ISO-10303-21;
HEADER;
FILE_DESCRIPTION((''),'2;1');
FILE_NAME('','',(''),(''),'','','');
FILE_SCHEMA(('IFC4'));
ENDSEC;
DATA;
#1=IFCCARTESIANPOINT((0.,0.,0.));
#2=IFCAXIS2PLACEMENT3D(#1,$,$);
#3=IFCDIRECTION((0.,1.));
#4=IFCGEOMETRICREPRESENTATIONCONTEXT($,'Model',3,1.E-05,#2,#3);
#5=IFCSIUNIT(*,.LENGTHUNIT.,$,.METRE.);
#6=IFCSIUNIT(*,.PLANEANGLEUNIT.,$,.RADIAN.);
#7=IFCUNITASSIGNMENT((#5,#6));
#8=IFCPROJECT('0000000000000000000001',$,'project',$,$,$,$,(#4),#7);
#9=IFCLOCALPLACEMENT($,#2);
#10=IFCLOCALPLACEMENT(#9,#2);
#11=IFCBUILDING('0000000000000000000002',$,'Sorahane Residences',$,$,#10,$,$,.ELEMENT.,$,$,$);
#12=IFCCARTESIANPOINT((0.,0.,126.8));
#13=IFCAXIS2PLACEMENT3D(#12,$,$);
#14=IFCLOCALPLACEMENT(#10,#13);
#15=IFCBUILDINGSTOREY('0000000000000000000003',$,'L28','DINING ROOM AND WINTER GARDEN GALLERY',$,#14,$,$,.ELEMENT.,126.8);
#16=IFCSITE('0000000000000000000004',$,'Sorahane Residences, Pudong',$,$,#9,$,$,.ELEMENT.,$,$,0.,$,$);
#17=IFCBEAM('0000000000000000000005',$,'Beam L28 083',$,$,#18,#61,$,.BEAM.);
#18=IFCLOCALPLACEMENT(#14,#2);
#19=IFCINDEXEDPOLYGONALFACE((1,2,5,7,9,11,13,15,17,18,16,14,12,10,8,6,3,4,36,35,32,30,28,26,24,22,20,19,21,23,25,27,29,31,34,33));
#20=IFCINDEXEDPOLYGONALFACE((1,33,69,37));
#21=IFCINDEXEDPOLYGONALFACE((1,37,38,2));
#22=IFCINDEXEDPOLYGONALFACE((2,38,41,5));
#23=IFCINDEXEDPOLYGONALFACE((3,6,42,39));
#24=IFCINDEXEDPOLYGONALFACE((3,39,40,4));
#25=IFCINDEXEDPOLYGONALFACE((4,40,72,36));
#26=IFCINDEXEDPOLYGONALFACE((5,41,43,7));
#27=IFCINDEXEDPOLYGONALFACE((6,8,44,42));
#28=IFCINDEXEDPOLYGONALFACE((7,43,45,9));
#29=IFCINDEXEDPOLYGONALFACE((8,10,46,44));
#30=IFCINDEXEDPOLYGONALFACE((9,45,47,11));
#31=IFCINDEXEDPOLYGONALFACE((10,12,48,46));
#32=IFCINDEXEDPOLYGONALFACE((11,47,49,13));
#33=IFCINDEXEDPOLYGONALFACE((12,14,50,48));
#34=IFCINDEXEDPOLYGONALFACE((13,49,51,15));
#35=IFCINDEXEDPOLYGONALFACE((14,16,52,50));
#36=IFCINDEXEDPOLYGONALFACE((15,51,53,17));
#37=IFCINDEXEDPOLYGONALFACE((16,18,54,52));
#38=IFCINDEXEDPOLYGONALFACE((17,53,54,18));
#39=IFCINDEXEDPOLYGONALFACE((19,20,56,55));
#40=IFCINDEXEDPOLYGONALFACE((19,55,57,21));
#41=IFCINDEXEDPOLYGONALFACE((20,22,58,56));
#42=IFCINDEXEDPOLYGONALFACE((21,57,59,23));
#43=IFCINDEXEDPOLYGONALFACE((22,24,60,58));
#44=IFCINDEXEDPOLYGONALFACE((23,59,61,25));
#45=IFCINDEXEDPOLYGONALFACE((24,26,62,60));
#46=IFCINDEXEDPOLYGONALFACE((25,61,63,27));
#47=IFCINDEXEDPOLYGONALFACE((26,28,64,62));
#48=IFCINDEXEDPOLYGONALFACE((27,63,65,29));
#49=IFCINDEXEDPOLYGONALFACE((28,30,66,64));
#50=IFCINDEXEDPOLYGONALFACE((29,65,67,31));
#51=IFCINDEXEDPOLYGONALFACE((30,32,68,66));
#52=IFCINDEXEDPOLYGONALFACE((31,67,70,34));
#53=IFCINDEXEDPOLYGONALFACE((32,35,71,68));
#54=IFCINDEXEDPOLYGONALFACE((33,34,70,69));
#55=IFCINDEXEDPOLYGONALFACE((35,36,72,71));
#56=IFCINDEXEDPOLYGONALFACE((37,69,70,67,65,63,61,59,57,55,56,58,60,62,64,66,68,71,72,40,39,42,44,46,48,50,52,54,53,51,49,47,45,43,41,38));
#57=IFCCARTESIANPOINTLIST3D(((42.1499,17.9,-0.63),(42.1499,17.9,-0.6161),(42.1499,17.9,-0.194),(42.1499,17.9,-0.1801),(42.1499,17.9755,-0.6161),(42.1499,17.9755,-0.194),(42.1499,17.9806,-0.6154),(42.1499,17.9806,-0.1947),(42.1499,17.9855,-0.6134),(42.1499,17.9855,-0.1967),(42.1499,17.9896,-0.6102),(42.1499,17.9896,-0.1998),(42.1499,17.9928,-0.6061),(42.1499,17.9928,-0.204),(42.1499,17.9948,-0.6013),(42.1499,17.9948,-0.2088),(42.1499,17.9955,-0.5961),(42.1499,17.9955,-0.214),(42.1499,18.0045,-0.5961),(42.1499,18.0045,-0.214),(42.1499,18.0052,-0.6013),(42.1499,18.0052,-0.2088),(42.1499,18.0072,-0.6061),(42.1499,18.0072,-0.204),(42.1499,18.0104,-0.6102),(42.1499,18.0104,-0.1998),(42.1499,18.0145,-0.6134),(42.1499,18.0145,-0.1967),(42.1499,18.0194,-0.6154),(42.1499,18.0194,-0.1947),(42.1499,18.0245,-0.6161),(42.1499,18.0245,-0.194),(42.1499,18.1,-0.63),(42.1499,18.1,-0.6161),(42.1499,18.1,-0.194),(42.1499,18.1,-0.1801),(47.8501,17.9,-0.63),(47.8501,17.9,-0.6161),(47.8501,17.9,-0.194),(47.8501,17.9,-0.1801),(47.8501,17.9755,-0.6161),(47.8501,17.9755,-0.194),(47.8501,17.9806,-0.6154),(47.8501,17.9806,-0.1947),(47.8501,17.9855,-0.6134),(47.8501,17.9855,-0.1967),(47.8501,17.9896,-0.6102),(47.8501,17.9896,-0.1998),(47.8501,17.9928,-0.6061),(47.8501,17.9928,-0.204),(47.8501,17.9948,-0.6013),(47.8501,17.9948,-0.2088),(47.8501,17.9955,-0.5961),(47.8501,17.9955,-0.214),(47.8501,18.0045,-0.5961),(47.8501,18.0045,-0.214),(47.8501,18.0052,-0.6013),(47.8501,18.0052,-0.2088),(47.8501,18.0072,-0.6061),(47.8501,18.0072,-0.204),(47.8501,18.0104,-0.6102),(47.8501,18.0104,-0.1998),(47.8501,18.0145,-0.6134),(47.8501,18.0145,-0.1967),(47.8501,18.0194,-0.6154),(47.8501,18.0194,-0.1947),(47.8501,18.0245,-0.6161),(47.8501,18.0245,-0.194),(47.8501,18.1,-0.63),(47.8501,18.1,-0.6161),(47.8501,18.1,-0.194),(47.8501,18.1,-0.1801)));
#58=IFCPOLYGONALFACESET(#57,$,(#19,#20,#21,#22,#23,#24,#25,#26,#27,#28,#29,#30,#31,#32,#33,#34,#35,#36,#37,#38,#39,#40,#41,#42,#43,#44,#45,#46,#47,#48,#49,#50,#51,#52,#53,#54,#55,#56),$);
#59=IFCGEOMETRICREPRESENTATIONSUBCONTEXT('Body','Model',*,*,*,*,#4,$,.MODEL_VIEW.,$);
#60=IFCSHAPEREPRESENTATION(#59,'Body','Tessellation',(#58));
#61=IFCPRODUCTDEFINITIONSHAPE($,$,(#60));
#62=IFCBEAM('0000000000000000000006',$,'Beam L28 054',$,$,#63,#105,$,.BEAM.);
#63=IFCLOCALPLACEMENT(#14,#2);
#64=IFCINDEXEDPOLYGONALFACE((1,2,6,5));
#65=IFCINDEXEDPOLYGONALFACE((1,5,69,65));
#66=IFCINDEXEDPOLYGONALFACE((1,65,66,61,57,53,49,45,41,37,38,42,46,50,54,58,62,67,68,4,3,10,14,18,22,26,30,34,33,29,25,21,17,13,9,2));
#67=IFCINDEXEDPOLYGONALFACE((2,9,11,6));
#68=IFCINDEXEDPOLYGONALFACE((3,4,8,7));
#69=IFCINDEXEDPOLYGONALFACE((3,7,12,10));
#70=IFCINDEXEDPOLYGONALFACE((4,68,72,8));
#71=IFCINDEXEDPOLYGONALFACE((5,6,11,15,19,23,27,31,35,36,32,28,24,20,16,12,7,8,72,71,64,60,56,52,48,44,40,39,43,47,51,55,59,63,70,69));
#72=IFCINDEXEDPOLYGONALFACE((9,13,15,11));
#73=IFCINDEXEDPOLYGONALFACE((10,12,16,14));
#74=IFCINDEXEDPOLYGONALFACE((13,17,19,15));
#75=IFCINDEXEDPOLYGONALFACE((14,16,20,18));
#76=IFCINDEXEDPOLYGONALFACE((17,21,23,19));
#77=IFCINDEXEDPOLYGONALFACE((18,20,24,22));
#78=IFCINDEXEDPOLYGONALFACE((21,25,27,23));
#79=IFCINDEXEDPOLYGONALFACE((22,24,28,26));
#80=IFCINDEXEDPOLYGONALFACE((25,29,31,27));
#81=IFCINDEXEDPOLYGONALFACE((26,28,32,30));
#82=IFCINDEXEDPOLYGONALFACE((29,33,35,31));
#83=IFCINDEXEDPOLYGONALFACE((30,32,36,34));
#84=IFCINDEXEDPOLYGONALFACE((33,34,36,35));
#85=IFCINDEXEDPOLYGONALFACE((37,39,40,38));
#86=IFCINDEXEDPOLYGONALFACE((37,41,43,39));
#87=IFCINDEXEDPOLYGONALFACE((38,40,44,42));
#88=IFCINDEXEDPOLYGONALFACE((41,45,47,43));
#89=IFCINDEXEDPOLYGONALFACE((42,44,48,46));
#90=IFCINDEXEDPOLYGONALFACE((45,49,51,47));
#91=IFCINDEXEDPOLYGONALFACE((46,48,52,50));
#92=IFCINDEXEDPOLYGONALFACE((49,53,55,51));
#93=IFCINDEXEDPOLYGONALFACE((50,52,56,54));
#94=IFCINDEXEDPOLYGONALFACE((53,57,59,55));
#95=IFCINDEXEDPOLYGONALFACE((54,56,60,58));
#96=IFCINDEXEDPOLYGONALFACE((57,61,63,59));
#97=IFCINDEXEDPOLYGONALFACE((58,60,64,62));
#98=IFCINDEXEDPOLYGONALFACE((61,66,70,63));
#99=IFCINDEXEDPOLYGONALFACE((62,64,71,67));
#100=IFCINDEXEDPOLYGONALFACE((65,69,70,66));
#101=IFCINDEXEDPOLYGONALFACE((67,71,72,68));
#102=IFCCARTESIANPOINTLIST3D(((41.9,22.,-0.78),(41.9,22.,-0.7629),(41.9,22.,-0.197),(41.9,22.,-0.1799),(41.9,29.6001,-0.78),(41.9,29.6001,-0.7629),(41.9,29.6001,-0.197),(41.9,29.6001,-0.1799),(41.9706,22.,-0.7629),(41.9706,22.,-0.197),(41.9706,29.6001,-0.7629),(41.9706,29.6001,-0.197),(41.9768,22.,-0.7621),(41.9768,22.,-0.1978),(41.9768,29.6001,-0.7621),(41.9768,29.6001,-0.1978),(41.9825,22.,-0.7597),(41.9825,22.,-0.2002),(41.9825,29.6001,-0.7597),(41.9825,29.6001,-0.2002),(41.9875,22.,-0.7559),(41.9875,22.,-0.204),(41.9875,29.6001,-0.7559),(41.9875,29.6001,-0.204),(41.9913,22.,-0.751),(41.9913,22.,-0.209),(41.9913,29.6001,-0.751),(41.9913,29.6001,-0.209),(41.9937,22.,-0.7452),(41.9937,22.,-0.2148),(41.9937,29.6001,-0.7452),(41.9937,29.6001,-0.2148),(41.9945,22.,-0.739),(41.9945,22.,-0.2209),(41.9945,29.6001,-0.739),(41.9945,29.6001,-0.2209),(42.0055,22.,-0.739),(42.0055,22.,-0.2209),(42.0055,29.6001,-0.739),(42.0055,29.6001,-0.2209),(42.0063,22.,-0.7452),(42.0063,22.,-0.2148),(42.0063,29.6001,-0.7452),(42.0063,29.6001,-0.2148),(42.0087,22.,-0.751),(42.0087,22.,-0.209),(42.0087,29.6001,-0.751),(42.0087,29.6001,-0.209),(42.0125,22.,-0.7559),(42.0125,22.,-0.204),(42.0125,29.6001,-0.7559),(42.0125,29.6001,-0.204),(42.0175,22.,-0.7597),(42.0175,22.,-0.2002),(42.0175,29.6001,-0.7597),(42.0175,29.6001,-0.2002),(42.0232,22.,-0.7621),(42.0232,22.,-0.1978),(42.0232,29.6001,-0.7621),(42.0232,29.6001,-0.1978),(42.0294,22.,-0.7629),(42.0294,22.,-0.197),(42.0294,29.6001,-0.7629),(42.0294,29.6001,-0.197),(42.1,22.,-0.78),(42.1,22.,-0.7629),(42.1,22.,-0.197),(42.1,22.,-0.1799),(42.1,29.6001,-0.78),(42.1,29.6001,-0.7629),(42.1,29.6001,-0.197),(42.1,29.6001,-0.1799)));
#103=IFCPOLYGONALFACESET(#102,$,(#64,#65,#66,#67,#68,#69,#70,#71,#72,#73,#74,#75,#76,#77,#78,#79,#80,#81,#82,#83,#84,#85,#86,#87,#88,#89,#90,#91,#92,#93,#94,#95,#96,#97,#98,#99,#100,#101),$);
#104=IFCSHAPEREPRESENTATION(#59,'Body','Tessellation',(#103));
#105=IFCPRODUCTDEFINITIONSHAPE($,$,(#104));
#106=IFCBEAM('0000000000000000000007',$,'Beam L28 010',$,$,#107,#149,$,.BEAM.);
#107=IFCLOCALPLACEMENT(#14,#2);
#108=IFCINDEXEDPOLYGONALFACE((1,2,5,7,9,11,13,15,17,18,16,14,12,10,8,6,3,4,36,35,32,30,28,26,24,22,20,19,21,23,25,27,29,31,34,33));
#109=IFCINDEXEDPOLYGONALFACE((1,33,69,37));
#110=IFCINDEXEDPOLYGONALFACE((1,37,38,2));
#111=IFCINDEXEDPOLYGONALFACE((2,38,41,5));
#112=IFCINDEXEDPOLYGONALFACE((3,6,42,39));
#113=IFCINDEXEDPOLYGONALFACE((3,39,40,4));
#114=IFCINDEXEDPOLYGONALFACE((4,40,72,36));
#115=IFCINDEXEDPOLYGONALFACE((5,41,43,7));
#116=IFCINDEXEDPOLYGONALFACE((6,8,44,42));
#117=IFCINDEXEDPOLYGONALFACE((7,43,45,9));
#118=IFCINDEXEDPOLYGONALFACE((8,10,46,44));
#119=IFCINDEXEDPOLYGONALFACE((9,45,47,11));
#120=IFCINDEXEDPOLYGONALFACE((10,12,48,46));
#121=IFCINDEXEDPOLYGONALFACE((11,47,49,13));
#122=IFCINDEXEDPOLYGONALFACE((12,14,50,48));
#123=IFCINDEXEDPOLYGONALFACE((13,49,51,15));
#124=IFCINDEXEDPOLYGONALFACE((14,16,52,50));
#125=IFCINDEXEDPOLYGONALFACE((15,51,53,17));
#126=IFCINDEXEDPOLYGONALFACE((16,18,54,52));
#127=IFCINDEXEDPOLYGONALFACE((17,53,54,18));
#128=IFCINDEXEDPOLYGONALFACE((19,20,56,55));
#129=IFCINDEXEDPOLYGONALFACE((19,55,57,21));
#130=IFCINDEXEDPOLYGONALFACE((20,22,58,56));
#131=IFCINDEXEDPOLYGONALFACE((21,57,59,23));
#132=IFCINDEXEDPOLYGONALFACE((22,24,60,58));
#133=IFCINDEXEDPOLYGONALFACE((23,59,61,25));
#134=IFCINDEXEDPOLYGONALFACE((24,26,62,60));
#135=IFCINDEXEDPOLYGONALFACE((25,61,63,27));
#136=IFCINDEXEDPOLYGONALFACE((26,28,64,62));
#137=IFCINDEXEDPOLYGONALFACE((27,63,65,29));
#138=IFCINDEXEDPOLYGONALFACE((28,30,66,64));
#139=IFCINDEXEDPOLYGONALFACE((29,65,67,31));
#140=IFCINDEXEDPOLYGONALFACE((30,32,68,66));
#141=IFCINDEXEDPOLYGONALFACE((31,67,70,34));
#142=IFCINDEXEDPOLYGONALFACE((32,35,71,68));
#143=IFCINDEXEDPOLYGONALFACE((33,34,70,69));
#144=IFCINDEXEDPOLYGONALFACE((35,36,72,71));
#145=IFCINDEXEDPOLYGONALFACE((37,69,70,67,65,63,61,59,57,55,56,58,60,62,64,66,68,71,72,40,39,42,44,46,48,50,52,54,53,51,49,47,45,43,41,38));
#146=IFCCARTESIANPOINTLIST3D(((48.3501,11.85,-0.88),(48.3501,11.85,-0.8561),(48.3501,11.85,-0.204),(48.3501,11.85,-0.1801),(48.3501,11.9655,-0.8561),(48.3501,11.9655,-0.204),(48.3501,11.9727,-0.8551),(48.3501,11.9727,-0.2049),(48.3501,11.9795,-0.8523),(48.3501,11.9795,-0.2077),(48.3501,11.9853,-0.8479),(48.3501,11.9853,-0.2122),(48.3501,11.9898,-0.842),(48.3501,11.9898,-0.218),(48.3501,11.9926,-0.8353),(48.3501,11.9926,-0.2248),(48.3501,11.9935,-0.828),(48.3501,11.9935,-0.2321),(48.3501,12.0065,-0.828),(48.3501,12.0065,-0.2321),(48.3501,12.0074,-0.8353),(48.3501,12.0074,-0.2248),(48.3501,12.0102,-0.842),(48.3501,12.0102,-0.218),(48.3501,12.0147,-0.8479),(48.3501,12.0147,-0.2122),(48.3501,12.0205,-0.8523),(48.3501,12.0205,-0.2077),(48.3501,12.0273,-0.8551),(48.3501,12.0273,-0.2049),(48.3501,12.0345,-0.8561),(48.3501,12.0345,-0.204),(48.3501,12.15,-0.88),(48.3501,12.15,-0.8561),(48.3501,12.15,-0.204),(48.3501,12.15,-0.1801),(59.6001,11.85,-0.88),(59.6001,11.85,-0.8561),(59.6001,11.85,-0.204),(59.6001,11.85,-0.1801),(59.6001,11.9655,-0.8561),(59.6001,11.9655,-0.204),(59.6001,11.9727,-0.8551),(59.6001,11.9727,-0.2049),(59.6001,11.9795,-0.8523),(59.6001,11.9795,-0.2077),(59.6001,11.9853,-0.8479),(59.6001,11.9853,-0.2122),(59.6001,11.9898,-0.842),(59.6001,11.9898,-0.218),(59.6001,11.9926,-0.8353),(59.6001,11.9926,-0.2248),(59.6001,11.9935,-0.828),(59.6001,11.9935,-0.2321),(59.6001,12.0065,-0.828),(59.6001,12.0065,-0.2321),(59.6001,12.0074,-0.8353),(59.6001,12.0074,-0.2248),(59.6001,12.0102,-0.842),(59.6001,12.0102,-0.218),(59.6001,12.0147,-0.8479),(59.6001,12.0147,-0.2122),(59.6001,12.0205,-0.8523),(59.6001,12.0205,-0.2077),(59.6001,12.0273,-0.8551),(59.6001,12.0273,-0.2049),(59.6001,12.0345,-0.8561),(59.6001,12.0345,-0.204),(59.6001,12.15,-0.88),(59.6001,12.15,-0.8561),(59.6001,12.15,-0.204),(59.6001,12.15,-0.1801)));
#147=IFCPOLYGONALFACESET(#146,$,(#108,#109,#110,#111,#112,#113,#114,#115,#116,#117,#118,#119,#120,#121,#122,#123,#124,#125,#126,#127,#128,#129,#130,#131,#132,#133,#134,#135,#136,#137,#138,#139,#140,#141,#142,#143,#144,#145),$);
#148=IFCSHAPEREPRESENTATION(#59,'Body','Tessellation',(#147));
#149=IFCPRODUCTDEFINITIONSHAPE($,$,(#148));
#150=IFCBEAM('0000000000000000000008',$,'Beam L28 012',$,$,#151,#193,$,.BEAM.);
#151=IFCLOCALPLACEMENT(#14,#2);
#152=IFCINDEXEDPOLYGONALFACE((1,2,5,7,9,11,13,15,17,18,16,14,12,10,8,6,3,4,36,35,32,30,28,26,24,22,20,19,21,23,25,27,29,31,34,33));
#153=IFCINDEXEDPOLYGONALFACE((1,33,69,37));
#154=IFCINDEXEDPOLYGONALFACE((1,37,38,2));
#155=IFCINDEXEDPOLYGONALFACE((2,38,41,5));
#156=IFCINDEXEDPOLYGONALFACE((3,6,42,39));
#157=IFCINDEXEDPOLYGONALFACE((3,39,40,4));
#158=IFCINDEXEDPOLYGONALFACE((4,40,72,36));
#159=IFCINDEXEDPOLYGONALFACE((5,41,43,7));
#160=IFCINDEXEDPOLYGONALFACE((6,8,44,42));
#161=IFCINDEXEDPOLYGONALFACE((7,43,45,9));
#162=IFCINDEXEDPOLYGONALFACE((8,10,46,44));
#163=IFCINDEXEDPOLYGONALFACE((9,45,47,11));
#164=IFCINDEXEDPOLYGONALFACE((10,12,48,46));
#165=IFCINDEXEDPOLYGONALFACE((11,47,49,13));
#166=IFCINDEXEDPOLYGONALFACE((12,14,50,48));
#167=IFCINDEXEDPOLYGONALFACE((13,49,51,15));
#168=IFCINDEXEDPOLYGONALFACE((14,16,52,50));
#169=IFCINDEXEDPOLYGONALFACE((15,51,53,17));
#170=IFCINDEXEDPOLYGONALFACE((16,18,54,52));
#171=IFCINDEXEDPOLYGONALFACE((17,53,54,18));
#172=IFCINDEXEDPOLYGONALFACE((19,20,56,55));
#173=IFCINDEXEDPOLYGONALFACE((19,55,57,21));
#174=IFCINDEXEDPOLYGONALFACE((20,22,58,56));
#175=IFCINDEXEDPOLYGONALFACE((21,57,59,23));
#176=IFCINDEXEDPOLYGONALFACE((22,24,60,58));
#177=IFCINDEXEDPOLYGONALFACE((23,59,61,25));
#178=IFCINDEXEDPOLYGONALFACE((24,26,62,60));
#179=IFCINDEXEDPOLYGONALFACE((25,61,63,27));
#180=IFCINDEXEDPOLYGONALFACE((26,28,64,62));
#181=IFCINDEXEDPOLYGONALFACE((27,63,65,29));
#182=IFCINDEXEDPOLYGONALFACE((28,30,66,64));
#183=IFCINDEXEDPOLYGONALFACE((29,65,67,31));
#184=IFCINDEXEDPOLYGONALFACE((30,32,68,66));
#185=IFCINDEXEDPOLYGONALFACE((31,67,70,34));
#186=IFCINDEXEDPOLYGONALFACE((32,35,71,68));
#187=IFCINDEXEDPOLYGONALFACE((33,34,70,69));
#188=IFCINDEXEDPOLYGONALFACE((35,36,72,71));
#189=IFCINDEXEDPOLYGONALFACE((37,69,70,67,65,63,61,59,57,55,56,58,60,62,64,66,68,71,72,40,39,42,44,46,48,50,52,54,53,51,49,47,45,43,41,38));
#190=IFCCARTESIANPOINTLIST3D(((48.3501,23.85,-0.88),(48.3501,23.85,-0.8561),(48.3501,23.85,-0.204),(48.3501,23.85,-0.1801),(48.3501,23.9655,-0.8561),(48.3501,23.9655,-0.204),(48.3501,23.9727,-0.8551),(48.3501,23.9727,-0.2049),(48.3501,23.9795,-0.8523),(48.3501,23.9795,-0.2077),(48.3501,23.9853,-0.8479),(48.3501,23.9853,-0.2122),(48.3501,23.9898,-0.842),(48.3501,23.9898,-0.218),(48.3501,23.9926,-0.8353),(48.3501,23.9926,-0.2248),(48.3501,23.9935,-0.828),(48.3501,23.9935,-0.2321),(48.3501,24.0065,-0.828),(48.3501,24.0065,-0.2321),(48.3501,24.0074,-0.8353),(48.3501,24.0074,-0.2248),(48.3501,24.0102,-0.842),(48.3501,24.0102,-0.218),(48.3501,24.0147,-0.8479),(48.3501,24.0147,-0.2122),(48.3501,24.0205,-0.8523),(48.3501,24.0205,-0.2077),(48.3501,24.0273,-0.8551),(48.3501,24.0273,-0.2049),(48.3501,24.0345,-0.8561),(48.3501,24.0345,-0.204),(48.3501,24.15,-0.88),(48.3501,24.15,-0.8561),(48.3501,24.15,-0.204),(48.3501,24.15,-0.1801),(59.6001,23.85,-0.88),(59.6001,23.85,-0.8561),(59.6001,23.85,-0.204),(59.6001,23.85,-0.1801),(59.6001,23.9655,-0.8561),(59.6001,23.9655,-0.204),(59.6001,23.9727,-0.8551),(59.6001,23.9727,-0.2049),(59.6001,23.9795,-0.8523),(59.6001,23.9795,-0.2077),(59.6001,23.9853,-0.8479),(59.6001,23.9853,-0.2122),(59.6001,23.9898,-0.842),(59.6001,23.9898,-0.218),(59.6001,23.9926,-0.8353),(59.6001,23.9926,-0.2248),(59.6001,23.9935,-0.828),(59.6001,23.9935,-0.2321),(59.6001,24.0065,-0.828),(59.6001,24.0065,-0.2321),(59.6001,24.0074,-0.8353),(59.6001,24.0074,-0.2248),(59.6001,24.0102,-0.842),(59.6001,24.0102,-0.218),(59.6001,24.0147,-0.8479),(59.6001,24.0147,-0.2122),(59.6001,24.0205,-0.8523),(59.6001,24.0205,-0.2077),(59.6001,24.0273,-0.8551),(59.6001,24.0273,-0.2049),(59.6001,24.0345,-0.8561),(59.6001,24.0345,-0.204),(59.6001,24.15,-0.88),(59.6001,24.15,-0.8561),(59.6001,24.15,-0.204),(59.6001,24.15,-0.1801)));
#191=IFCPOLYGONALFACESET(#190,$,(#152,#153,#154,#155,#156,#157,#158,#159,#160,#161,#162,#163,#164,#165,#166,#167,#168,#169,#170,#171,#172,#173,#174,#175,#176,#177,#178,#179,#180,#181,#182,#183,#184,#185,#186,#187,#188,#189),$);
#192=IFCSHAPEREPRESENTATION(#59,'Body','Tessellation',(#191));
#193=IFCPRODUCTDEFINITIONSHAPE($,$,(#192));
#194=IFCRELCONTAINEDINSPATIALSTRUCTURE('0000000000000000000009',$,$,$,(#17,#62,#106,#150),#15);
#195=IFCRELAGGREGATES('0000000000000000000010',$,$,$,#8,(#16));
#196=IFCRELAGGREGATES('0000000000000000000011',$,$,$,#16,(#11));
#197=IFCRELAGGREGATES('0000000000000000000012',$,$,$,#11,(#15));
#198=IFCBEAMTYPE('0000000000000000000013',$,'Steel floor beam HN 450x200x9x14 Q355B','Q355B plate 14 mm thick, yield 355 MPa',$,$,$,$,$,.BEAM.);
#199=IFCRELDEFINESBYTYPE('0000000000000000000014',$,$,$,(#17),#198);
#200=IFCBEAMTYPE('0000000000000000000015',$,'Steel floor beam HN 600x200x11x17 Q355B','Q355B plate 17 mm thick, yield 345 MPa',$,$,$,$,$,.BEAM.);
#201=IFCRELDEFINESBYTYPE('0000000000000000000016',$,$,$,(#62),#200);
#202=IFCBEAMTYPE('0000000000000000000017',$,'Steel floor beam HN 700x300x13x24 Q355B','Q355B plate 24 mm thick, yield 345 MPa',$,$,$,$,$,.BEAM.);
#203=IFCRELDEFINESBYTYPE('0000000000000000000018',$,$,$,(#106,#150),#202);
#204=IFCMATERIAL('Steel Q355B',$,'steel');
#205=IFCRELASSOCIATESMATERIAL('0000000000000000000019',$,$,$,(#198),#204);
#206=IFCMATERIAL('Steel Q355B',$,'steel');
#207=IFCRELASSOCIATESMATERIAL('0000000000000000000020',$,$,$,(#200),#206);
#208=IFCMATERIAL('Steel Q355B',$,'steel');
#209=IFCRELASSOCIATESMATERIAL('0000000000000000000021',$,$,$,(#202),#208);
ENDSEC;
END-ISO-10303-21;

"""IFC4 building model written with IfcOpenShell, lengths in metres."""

from ifc_helpers import new_model, si_unit, direction, frame, origin, origin_2d, place, context, subcontext, project, spatial, i_section, extrude, material, material_profile, profile_set, type_object, element, save


model = new_model("IFC4")

# Units and contexts
model_context = context("Model", 3, precision=1e-05, world=origin(), true_north=direction((0.0, 1.0)))
body_context = subcontext(model_context, "Body", "Model", "MODEL_VIEW")
ifc_project = project(units=[si_unit("LENGTHUNIT", "METRE"), si_unit("PLANEANGLEUNIT", "RADIAN")], contexts=[model_context])

# Site, building, storey
site_placement = place(None, origin())
site = spatial("IfcSite", under=ifc_project, at=site_placement, Name="Sorahane Residences, Pudong", CompositionType="ELEMENT", RefElevation=0.0)
building_placement = place(site_placement, origin())
building = spatial("IfcBuilding", under=site, at=building_placement, Name="Sorahane Residences", CompositionType="ELEMENT")
storey_placement = place(building_placement, frame((0.0, 0.0, 126.8)))
storey = spatial("IfcBuildingStorey", under=building, at=storey_placement, Name="L28", Description="DINING ROOM AND WINTER GARDEN GALLERY", CompositionType="ELEMENT", Elevation=126.8)

# Beams
ifc_material_1 = material(Name="Steel Q355B", Category="steel")
ifc_material_profile_1 = material_profile(ifc_material_1, i_section(OverallWidth=0.2, OverallDepth=0.45, WebThickness=0.009, FlangeThickness=0.0139, FilletRadius=0.02, at=origin_2d()), Name="HN 450x200x9x14")
ifc_profile_set_1 = profile_set([ifc_material_profile_1], Name="Steel Q355B")
beam_type_1 = type_object("IfcBeamType", Name="Steel floor beam HN 450x200x9x14 Q355B", Description="Q355B plate 14 mm thick, yield 355 MPa", PredefinedType="BEAM", material=ifc_profile_set_1)
beam_1_placement = place(storey_placement, frame((42.1499, 18.0, -0.405), z_axis=(1.0, 0.0, 0.0), x_axis=(0.0, 1.0, 0.0)))
element("IfcBeam", 1, at=beam_1_placement, inside=storey, type_object=beam_type_1, Name="Beam L28 083", PredefinedType="BEAM", context=body_context, shape_type="SweptSolid", body=[
    extrude(i_section(OverallWidth=0.2, OverallDepth=0.45, WebThickness=0.009, FlangeThickness=0.0139, FilletRadius=0.02, at=origin_2d()), origin(), (0.0, 0.0, 1.0), 5.7002),
])
ifc_material_2 = material(Name="Steel Q355B", Category="steel")
ifc_material_profile_2 = material_profile(ifc_material_2, i_section(OverallWidth=0.2, OverallDepth=0.6001, WebThickness=0.011, FlangeThickness=0.0171, FilletRadius=0.0239, at=origin_2d()), Name="HN 600x200x11x17")
ifc_profile_set_2 = profile_set([ifc_material_profile_2], Name="Steel Q355B")
beam_type_2 = type_object("IfcBeamType", Name="Steel floor beam HN 600x200x11x17 Q355B", Description="Q355B plate 17 mm thick, yield 345 MPa", PredefinedType="BEAM", material=ifc_profile_set_2)
beam_2_placement = place(storey_placement, frame((42.0, 22.0, -0.48), z_axis=(0.0, 1.0, 0.0), x_axis=(-1.0, 0.0, 0.0)))
element("IfcBeam", 2, at=beam_2_placement, inside=storey, type_object=beam_type_2, Name="Beam L28 054", PredefinedType="BEAM", context=body_context, shape_type="SweptSolid", body=[
    extrude(i_section(OverallWidth=0.2, OverallDepth=0.6001, WebThickness=0.011, FlangeThickness=0.0171, FilletRadius=0.0239, at=origin_2d()), origin(), (0.0, 0.0, 1.0), 7.6001),
])
ifc_material_3 = material(Name="Steel Q355B", Category="steel")
ifc_material_profile_3 = material_profile(ifc_material_3, i_section(OverallWidth=0.3, OverallDepth=0.7, WebThickness=0.0129, FlangeThickness=0.0239, FilletRadius=0.0281, at=origin_2d()), Name="HN 700x300x13x24")
ifc_profile_set_3 = profile_set([ifc_material_profile_3], Name="Steel Q355B")
beam_type_3 = type_object("IfcBeamType", Name="Steel floor beam HN 700x300x13x24 Q355B", Description="Q355B plate 24 mm thick, yield 345 MPa", PredefinedType="BEAM", material=ifc_profile_set_3)
for number, where, z_axis, x_axis, name in (
    (3, (48.3501, 12.0, -0.53), (1.0, 0.0, 0.0), (0.0, 1.0, 0.0), "Beam L28 010"),
    (4, (48.3501, 24.0, -0.53), (1.0, 0.0, 0.0), (0.0, 1.0, 0.0), "Beam L28 012"),
):
    element("IfcBeam", number, at=place(storey_placement, frame(where, z_axis=z_axis, x_axis=x_axis)), inside=storey, type_object=beam_type_3, Name=name, PredefinedType="BEAM", context=body_context, shape_type="SweptSolid", body=[
        extrude(i_section(OverallWidth=0.3, OverallDepth=0.7, WebThickness=0.0129, FlangeThickness=0.0239, FilletRadius=0.0281, at=origin_2d()), origin(), (0.0, 0.0, 1.0), 11.25),
    ])

save(model, "model.ifc")
